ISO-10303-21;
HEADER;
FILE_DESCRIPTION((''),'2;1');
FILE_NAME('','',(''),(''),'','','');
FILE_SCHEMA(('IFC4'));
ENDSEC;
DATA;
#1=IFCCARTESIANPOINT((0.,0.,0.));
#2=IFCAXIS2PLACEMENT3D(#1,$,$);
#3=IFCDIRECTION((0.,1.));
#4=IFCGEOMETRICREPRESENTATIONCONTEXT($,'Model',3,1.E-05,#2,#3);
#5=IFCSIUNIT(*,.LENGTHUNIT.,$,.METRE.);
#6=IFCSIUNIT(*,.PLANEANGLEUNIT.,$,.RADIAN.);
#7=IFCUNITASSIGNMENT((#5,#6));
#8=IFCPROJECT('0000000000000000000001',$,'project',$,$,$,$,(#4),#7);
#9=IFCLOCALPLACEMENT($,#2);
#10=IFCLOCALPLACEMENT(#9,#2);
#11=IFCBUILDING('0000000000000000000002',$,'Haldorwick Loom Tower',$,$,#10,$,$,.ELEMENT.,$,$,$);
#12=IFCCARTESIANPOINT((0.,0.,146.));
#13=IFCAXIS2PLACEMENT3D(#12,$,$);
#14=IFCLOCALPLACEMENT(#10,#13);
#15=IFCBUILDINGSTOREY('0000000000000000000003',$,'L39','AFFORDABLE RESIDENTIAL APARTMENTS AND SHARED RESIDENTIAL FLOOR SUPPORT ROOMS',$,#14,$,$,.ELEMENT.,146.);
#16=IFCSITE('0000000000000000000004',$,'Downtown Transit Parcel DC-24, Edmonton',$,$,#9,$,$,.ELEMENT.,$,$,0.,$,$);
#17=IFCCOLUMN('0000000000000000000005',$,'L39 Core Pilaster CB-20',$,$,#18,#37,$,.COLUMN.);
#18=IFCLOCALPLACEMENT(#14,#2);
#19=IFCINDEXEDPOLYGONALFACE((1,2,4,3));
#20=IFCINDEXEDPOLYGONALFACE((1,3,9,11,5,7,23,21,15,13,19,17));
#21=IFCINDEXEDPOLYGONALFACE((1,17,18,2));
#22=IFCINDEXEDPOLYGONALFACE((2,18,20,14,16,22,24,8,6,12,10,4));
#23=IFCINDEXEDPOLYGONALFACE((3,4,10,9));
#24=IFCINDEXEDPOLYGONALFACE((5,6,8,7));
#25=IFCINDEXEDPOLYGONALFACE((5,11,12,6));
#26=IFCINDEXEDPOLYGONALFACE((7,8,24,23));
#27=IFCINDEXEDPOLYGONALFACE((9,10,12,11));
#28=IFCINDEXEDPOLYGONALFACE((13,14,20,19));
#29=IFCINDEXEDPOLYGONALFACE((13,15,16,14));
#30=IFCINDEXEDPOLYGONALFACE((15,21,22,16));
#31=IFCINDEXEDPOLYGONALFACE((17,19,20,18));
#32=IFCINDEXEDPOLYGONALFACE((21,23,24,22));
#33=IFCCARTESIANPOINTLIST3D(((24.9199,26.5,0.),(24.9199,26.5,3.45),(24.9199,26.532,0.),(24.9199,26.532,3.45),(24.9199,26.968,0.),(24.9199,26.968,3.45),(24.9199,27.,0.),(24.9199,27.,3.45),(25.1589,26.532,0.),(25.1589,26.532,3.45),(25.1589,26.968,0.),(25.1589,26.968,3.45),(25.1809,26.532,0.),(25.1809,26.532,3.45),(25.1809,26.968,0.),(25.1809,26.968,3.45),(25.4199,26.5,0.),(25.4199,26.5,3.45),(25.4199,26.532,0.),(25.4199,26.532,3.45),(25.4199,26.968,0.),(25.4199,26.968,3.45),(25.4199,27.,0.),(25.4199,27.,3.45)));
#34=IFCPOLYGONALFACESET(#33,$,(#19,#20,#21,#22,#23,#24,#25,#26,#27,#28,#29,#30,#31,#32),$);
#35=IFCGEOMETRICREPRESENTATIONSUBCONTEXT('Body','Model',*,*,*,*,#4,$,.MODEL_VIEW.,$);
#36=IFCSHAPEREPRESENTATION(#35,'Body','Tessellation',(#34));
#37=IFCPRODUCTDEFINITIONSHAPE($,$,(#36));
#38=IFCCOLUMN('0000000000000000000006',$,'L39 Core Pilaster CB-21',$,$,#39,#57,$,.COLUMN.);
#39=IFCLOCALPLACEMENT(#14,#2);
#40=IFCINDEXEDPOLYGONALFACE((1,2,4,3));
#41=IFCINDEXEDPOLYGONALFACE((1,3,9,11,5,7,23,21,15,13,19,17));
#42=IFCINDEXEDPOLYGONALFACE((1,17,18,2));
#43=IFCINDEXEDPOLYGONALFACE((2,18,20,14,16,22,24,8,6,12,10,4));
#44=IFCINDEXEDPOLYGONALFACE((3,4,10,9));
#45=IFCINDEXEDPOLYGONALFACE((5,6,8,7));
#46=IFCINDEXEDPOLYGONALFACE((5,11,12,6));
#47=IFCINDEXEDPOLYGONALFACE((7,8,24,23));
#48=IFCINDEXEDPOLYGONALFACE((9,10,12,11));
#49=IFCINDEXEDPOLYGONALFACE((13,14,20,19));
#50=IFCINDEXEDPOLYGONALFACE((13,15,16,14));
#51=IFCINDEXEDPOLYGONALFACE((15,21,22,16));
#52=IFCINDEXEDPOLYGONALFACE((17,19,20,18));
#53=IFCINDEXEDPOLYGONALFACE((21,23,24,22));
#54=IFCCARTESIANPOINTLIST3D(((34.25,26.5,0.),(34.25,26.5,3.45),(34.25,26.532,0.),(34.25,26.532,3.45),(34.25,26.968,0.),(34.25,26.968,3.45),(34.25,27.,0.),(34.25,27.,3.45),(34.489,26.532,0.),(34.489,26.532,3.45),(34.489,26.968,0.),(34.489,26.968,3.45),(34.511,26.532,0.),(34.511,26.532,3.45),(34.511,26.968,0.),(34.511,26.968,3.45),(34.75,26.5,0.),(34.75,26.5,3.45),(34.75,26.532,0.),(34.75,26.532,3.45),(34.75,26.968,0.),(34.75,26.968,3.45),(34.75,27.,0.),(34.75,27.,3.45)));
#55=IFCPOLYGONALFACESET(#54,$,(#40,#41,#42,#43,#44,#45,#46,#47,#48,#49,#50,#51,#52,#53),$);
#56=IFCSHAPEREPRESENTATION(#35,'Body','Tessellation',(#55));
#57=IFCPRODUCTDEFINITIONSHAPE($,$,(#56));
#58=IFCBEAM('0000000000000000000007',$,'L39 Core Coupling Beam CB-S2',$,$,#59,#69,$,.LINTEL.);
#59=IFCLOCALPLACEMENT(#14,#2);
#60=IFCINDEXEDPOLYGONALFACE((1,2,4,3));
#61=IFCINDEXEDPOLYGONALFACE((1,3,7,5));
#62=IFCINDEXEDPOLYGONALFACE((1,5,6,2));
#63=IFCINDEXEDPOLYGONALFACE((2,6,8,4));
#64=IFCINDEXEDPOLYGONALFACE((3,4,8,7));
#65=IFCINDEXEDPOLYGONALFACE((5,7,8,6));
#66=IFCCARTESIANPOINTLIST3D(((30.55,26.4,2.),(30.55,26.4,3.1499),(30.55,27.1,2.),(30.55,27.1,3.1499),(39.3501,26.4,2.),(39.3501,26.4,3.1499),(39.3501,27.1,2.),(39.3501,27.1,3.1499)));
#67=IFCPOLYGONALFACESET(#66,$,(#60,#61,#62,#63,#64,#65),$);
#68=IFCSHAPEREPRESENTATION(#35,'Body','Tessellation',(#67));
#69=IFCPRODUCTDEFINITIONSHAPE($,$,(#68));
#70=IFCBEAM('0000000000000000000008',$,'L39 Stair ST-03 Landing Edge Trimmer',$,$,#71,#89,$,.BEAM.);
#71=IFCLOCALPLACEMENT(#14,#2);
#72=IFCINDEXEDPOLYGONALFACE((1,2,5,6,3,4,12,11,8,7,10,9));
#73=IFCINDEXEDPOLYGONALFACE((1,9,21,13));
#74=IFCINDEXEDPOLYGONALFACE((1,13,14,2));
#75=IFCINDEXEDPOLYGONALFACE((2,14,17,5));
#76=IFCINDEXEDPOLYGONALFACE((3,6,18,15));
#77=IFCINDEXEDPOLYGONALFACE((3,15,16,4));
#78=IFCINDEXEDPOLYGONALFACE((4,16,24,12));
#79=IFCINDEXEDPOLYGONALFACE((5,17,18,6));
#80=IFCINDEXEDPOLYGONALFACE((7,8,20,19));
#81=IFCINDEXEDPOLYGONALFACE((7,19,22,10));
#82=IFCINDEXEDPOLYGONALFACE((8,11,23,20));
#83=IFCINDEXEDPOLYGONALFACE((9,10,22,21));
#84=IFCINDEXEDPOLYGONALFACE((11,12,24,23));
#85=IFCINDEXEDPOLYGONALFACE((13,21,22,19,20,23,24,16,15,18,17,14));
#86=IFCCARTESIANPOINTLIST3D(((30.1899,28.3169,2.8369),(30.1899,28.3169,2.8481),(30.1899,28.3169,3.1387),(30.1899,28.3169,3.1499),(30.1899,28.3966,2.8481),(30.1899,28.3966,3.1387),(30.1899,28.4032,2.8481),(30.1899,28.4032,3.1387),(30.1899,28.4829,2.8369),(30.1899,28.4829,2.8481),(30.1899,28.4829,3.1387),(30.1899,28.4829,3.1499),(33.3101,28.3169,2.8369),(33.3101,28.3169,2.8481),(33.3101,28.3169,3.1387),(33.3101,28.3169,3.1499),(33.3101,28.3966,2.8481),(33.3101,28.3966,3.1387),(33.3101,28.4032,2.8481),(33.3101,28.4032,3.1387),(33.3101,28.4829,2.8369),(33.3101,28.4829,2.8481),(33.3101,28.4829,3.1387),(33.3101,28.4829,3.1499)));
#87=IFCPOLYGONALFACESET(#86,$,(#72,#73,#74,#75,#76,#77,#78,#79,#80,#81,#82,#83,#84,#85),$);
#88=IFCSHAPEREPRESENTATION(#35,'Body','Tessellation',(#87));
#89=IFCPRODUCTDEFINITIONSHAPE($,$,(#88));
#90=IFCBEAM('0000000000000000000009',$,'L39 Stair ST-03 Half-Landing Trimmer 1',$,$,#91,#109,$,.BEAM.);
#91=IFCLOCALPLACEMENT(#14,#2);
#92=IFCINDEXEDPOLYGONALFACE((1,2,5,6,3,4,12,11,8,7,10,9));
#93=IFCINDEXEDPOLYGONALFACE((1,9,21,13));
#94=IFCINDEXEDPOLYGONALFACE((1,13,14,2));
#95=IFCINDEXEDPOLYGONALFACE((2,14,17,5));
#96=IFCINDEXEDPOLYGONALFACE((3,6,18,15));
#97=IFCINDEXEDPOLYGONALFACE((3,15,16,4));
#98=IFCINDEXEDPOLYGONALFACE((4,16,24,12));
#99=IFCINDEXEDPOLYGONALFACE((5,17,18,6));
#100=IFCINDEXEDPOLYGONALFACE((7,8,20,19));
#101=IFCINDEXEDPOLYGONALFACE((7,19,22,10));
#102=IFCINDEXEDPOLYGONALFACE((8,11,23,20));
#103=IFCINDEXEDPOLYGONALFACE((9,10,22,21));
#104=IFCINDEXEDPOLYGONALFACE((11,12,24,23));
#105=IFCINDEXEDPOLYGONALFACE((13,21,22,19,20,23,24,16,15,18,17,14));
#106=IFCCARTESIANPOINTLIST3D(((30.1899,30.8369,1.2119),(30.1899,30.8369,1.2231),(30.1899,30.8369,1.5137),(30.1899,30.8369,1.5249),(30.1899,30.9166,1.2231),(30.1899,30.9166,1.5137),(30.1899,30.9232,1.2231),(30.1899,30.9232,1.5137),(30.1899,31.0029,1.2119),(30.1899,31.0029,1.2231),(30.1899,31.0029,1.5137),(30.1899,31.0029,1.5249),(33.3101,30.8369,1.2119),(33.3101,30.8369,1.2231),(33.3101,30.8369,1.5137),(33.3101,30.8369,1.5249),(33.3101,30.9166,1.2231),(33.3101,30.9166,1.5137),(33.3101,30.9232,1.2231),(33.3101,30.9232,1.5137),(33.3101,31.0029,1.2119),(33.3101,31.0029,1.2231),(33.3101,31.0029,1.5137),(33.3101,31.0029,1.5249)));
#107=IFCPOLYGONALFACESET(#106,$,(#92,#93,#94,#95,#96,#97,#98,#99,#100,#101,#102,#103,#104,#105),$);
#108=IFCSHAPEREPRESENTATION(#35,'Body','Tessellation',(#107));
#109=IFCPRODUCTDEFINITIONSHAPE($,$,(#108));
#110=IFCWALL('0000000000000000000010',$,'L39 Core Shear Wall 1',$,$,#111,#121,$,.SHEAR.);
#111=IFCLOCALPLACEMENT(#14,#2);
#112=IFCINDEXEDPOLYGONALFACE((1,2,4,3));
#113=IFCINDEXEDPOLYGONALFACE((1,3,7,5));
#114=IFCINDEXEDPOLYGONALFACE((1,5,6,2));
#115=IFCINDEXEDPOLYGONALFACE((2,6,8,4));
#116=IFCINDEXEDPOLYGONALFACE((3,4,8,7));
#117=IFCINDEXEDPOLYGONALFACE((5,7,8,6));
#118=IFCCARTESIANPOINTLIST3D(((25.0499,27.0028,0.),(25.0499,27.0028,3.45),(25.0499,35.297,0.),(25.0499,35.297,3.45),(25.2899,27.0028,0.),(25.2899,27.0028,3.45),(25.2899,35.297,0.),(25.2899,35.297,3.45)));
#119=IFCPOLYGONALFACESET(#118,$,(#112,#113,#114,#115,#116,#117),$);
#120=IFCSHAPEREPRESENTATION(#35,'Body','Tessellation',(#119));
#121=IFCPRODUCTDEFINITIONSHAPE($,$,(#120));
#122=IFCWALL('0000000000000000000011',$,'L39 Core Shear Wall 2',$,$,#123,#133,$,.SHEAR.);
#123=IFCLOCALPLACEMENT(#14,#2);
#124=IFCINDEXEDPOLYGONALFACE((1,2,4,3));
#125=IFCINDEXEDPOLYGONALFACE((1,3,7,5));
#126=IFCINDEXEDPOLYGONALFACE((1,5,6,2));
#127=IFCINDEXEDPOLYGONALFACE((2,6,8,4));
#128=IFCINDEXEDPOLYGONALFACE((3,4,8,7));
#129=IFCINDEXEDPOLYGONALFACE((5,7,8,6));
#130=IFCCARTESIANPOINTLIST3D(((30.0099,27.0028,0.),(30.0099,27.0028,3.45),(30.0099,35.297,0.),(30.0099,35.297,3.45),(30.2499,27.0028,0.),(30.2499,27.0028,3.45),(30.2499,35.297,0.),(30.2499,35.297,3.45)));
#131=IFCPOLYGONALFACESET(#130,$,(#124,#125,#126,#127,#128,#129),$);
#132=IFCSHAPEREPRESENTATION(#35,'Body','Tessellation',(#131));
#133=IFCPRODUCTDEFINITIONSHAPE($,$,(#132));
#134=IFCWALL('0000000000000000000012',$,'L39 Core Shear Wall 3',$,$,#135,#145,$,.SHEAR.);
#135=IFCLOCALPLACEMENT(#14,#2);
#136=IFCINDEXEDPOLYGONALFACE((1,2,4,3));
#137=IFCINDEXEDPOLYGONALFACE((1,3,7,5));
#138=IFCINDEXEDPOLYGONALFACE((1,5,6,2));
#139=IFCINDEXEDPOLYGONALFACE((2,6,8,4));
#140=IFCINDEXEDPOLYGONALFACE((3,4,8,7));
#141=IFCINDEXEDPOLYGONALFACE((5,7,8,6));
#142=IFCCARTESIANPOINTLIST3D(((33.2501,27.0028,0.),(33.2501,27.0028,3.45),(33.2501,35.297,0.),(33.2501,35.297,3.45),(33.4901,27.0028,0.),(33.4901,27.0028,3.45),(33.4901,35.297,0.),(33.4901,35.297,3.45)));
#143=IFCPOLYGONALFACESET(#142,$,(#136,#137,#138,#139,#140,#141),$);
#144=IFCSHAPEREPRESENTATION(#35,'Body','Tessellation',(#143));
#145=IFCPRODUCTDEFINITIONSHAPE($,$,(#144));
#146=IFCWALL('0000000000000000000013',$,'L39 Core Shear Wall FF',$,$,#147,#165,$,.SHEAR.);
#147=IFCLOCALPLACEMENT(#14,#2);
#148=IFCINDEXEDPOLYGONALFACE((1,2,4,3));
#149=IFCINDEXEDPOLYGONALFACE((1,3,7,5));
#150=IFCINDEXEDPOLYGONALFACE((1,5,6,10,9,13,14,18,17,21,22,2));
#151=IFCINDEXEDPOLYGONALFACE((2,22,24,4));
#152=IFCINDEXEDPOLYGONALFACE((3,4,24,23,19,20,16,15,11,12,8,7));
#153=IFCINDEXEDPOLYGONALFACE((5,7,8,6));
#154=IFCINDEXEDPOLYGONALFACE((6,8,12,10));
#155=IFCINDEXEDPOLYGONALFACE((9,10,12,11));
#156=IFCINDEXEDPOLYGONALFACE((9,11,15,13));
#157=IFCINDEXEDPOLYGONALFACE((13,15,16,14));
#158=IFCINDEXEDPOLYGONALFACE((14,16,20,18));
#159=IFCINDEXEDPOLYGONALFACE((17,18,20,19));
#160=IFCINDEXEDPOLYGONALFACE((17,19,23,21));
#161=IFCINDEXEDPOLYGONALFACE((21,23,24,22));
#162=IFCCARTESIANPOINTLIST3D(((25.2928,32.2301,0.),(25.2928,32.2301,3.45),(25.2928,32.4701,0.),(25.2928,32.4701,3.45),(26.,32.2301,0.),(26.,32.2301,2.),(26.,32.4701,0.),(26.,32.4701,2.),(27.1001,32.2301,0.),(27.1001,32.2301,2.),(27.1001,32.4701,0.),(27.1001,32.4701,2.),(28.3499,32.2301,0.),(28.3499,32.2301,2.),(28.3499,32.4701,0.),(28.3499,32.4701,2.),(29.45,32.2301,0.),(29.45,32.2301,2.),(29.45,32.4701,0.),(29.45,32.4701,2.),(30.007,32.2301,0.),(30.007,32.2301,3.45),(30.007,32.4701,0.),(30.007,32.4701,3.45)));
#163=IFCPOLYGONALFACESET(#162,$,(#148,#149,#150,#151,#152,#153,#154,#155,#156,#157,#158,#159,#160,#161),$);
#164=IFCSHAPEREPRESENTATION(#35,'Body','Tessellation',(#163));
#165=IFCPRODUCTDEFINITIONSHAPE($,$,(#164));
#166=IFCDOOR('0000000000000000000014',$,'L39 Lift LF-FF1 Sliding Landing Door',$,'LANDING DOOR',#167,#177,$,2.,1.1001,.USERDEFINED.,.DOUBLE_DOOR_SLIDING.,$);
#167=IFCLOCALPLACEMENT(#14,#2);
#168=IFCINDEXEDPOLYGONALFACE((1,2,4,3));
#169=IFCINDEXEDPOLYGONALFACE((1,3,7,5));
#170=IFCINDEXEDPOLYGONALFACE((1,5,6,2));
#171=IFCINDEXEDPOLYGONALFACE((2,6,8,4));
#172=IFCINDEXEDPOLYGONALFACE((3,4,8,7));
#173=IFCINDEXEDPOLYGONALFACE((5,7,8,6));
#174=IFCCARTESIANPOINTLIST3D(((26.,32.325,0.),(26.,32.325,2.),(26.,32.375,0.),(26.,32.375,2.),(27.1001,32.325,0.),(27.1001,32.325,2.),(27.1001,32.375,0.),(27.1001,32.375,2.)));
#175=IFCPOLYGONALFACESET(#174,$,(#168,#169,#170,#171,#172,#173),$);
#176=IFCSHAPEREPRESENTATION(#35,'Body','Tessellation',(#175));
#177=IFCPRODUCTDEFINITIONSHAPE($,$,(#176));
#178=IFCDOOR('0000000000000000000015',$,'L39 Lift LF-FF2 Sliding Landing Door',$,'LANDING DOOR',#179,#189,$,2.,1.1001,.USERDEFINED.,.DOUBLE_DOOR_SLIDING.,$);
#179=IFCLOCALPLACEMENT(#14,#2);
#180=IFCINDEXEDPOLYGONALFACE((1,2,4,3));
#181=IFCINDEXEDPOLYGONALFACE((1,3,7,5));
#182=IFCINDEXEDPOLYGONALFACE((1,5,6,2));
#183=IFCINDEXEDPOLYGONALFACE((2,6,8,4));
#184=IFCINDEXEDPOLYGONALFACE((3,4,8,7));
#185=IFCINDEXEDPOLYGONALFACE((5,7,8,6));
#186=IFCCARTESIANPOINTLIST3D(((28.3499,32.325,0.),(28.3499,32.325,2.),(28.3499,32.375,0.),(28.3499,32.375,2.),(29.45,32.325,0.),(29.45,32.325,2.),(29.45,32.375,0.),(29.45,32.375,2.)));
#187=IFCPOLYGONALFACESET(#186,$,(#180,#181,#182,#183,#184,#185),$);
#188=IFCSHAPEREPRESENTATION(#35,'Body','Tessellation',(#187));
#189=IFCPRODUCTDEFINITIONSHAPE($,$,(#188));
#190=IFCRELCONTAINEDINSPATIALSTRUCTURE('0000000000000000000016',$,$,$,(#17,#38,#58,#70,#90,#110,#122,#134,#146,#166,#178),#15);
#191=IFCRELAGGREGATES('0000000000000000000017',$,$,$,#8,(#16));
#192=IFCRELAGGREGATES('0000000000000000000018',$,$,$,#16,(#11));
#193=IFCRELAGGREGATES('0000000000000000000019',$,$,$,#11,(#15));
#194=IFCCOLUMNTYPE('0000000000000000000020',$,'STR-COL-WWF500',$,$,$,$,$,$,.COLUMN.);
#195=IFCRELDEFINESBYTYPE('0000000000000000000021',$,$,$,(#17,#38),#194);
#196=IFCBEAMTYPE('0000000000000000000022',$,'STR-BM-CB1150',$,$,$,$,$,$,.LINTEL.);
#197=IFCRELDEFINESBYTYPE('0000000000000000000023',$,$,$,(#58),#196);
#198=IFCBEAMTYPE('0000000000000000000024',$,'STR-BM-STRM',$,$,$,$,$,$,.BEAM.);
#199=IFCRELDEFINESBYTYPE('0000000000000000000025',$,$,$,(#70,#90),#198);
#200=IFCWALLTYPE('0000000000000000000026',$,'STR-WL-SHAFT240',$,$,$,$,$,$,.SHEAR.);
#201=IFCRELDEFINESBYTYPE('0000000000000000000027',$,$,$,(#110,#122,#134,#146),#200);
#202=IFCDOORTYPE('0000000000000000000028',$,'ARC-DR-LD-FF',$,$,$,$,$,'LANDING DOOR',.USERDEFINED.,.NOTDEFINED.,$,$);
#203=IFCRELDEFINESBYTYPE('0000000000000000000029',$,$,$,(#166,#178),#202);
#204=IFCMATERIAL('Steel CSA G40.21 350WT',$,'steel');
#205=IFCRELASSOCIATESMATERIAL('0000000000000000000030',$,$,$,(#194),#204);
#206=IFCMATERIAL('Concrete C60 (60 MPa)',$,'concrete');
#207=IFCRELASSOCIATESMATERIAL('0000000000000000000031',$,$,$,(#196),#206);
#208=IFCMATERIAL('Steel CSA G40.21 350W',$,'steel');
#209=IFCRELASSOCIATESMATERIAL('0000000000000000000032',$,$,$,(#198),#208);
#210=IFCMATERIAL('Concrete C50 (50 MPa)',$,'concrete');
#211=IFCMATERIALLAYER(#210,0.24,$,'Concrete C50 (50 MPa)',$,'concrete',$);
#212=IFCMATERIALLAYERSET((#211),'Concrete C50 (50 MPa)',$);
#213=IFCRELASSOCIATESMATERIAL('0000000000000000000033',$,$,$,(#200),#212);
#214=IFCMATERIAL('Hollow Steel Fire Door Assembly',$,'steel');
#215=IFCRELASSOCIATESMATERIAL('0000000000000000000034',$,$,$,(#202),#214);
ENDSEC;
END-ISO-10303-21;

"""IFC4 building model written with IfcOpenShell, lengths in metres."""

from ifc_helpers import new_model, si_unit, direction, frame, frame_2d, origin, origin_2d, place, context, subcontext, project, spatial, rectangle, i_section, extrude, material, layer, layer_set, material_profile, profile_set, type_object, element, fill, save


model = new_model("IFC4")

# Units and contexts
model_context = context("Model", 3, precision=1e-05, world=origin(), true_north=direction((0.0, 1.0)))
body_context = subcontext(model_context, "Body", "Model", "MODEL_VIEW")
ifc_project = project(units=[si_unit("LENGTHUNIT", "METRE"), si_unit("PLANEANGLEUNIT", "RADIAN")], contexts=[model_context])

# Site, building, storey
site_placement = place(None, origin())
site = spatial("IfcSite", under=ifc_project, at=site_placement, Name="Downtown Transit Parcel DC-24, Edmonton", CompositionType="ELEMENT", RefElevation=0.0)
building_placement = place(site_placement, origin())
building = spatial("IfcBuilding", under=site, at=building_placement, Name="Haldorwick Loom Tower", CompositionType="ELEMENT")
storey_placement = place(building_placement, frame((0.0, 0.0, 146.0)))
storey = spatial("IfcBuildingStorey", under=building, at=storey_placement, Name="L39", Description="AFFORDABLE RESIDENTIAL APARTMENTS AND SHARED RESIDENTIAL FLOOR SUPPORT ROOMS", CompositionType="ELEMENT", Elevation=146.0)

# Columns
ifc_material_1 = material(Name="Steel CSA G40.21 350WT", Category="steel")
ifc_material_profile_1 = material_profile(ifc_material_1, i_section(OverallWidth=0.5, OverallDepth=0.5, WebThickness=0.022, FlangeThickness=0.032, at=origin_2d()), Name="WWF500X500", Category="steel")
ifc_profile_set_1 = profile_set([ifc_material_profile_1], Name="Steel CSA G40.21 350WT")
column_type = type_object("IfcColumnType", Name="STR-COL-WWF500", PredefinedType="COLUMN", material=ifc_profile_set_1)
for number, where, z_axis, x_axis, name in (
    (1, (25.1699, 26.75, 0.0), (0.0, 0.0, 1.0), (1.0, 0.0, 0.0), "L39 Core Pilaster CB-20"),
    (2, (34.5, 26.75, 0.0), (0.0, 0.0, 1.0), (1.0, 0.0, 0.0), "L39 Core Pilaster CB-21"),
):
    element("IfcColumn", number, at=place(storey_placement, frame(where, z_axis=z_axis, x_axis=x_axis)), inside=storey, type_object=column_type, Name=name, PredefinedType="COLUMN", context=body_context, shape_type="SweptSolid", body=[
        extrude(i_section(OverallWidth=0.5, OverallDepth=0.5, WebThickness=0.022, FlangeThickness=0.032, at=origin_2d()), origin(), (0.0, 0.0, 1.0), 3.45),
    ])

# Beams
ifc_material_2 = material(Name="Concrete C60 (60 MPa)", Category="concrete")
ifc_material_profile_2 = material_profile(ifc_material_2, rectangle(XDim=0.7, YDim=1.1499, at=origin_2d()), Name="RC700X1150", Category="concrete")
ifc_profile_set_2 = profile_set([ifc_material_profile_2], Name="Concrete C60 (60 MPa)")
beam_type_1 = type_object("IfcBeamType", Name="STR-BM-CB1150", PredefinedType="LINTEL", material=ifc_profile_set_2)
beam_placement = place(storey_placement, frame((30.55, 26.75, 2.575), z_axis=(1.0, 0.0, 0.0), x_axis=(0.0, 1.0, 0.0)))
element("IfcBeam", 3, at=beam_placement, inside=storey, type_object=beam_type_1, Name="L39 Core Coupling Beam CB-S2", PredefinedType="LINTEL", context=body_context, shape_type="SweptSolid", body=[
    extrude(rectangle(XDim=0.7, YDim=1.1499, at=origin_2d()), origin(), (0.0, 0.0, 1.0), 8.8),
])
ifc_material_3 = material(Name="Steel CSA G40.21 350W", Category="steel")
ifc_material_profile_3 = material_profile(ifc_material_3, i_section(OverallWidth=0.166, OverallDepth=0.313, WebThickness=0.0066, FlangeThickness=0.0112, at=origin_2d()), Name="W310X45", Category="steel")
ifc_profile_set_3 = profile_set([ifc_material_profile_3], Name="Steel CSA G40.21 350W")
beam_type_2 = type_object("IfcBeamType", Name="STR-BM-STRM", PredefinedType="BEAM", material=ifc_profile_set_3)
for number, where, z_axis, x_axis, name in (
    (4, (30.1899, 28.3999, 2.9934), (1.0, 0.0, 0.0), (0.0, 1.0, 0.0), "L39 Stair ST-03 Landing Edge Trimmer"),
    (5, (30.1899, 30.9199, 1.3684), (1.0, 0.0, 0.0), (0.0, 1.0, 0.0), "L39 Stair ST-03 Half-Landing Trimmer 1"),
):
    element("IfcBeam", number, at=place(storey_placement, frame(where, z_axis=z_axis, x_axis=x_axis)), inside=storey, type_object=beam_type_2, Name=name, PredefinedType="BEAM", context=body_context, shape_type="SweptSolid", body=[
        extrude(i_section(OverallWidth=0.166, OverallDepth=0.313, WebThickness=0.0066, FlangeThickness=0.0112, at=origin_2d()), origin(), (0.0, 0.0, 1.0), 3.1201),
    ])

# Walls
ifc_material_4 = material(Name="Concrete C50 (50 MPa)", Category="concrete")
ifc_layer = layer(ifc_material_4, 0.24, Name="Concrete C50 (50 MPa)", Category="concrete")
ifc_layer_set = layer_set([ifc_layer], Name="Concrete C50 (50 MPa)")
wall_type = type_object("IfcWallType", Name="STR-WL-SHAFT240", PredefinedType="SHEAR", material=ifc_layer_set)
for number, where, z_axis, x_axis, name in (
    (6, (25.1699, 27.0029, 0.0), (0.0, 0.0, 1.0), (0.0, 1.0, 0.0), "L39 Core Shear Wall 1"),
    (7, (30.1299, 27.0029, 0.0), (0.0, 0.0, 1.0), (0.0, 1.0, 0.0), "L39 Core Shear Wall 2"),
    (8, (33.3701, 27.0029, 0.0), (0.0, 0.0, 1.0), (0.0, 1.0, 0.0), "L39 Core Shear Wall 3"),
):
    element("IfcWall", number, at=place(storey_placement, frame(where, z_axis=z_axis, x_axis=x_axis)), inside=storey, type_object=wall_type, Name=name, PredefinedType="SHEAR", context=body_context, shape_type="SweptSolid", body=[
        extrude(rectangle(XDim=8.2942, YDim=0.24, at=frame_2d((4.147, 0.0))), origin(), (0.0, 0.0, 1.0), 3.45),
    ])

# Wall, openings, doors
wall_1_placement = place(storey_placement, frame((25.293, 32.3501, 0.0), z_axis=(0.0, 0.0, 1.0), x_axis=(1.0, 0.0, 0.0)))
wall_1 = element("IfcWall", 9, at=wall_1_placement, inside=storey, type_object=wall_type, Name="L39 Core Shear Wall FF", PredefinedType="SHEAR", context=body_context, shape_type="SweptSolid", body=[
    extrude(rectangle(XDim=4.7141, YDim=0.24, at=frame_2d((2.3569, 0.0))), origin(), (0.0, 0.0, 1.0), 3.45),
])
opening_1_placement = place(wall_1_placement, frame((0.707, 0.0, 0.0)))
opening_1 = element("IfcOpeningElement", 10, at=opening_1_placement, cuts=wall_1, PredefinedType="OPENING", context=body_context, shape_type="SweptSolid", body=[
    extrude(rectangle(XDim=1.1001, YDim=2.0, at=frame_2d((0.55, 1.0))), frame((0.0, 0.1299, 0.0), z_axis=(0.0, -1.0, 0.0), x_axis=(1.0, 0.0, 0.0)), (0.0, 0.0, 1.0), 0.26),
])
opening_2_placement = place(wall_1_placement, frame((3.0569, 0.0, 0.0)))
opening_2 = element("IfcOpeningElement", 11, at=opening_2_placement, cuts=wall_1, PredefinedType="OPENING", context=body_context, shape_type="SweptSolid", body=[
    extrude(rectangle(XDim=1.1001, YDim=2.0, at=frame_2d((0.55, 1.0))), frame((0.0, 0.1299, 0.0), z_axis=(0.0, -1.0, 0.0), x_axis=(1.0, 0.0, 0.0)), (0.0, 0.0, 1.0), 0.26),
])
ifc_material_5 = material(Name="Hollow Steel Fire Door Assembly", Category="steel")
door_type_1 = type_object("IfcDoorType", Name="ARC-DR-LD-FF", ElementType="LANDING DOOR", OperationType="NOTDEFINED", PredefinedType="USERDEFINED", material=ifc_material_5)
door_1_placement = place(opening_1_placement, origin())
door_1 = element("IfcDoor", 12, at=door_1_placement, inside=storey, type_object=door_type_1, Name="L39 Lift LF-FF1 Sliding Landing Door", ObjectType="LANDING DOOR", OperationType="DOUBLE_DOOR_SLIDING", OverallHeight=2.0, OverallWidth=1.1001, PredefinedType="USERDEFINED", context=body_context, shape_type="SweptSolid", body=[
    extrude(rectangle(XDim=1.1001, YDim=2.0, at=frame_2d((0.55, 1.0))), frame((0.0, 0.0249, 0.0), z_axis=(0.0, -1.0, 0.0), x_axis=(1.0, 0.0, 0.0)), (0.0, 0.0, 1.0), 0.05),
])
fill(opening_1, door_1)
door_2_placement = place(opening_2_placement, origin())
door_2 = element("IfcDoor", 13, at=door_2_placement, inside=storey, type_object=door_type_1, Name="L39 Lift LF-FF2 Sliding Landing Door", ObjectType="LANDING DOOR", OperationType="DOUBLE_DOOR_SLIDING", OverallHeight=2.0, OverallWidth=1.1001, PredefinedType="USERDEFINED", context=body_context, shape_type="SweptSolid", body=[
    extrude(rectangle(XDim=1.1001, YDim=2.0, at=frame_2d((0.55, 1.0))), frame((0.0, 0.0249, 0.0), z_axis=(0.0, -1.0, 0.0), x_axis=(1.0, 0.0, 0.0)), (0.0, 0.0, 1.0), 0.05),
])
fill(opening_2, door_2)

save(model, "model.ifc")
